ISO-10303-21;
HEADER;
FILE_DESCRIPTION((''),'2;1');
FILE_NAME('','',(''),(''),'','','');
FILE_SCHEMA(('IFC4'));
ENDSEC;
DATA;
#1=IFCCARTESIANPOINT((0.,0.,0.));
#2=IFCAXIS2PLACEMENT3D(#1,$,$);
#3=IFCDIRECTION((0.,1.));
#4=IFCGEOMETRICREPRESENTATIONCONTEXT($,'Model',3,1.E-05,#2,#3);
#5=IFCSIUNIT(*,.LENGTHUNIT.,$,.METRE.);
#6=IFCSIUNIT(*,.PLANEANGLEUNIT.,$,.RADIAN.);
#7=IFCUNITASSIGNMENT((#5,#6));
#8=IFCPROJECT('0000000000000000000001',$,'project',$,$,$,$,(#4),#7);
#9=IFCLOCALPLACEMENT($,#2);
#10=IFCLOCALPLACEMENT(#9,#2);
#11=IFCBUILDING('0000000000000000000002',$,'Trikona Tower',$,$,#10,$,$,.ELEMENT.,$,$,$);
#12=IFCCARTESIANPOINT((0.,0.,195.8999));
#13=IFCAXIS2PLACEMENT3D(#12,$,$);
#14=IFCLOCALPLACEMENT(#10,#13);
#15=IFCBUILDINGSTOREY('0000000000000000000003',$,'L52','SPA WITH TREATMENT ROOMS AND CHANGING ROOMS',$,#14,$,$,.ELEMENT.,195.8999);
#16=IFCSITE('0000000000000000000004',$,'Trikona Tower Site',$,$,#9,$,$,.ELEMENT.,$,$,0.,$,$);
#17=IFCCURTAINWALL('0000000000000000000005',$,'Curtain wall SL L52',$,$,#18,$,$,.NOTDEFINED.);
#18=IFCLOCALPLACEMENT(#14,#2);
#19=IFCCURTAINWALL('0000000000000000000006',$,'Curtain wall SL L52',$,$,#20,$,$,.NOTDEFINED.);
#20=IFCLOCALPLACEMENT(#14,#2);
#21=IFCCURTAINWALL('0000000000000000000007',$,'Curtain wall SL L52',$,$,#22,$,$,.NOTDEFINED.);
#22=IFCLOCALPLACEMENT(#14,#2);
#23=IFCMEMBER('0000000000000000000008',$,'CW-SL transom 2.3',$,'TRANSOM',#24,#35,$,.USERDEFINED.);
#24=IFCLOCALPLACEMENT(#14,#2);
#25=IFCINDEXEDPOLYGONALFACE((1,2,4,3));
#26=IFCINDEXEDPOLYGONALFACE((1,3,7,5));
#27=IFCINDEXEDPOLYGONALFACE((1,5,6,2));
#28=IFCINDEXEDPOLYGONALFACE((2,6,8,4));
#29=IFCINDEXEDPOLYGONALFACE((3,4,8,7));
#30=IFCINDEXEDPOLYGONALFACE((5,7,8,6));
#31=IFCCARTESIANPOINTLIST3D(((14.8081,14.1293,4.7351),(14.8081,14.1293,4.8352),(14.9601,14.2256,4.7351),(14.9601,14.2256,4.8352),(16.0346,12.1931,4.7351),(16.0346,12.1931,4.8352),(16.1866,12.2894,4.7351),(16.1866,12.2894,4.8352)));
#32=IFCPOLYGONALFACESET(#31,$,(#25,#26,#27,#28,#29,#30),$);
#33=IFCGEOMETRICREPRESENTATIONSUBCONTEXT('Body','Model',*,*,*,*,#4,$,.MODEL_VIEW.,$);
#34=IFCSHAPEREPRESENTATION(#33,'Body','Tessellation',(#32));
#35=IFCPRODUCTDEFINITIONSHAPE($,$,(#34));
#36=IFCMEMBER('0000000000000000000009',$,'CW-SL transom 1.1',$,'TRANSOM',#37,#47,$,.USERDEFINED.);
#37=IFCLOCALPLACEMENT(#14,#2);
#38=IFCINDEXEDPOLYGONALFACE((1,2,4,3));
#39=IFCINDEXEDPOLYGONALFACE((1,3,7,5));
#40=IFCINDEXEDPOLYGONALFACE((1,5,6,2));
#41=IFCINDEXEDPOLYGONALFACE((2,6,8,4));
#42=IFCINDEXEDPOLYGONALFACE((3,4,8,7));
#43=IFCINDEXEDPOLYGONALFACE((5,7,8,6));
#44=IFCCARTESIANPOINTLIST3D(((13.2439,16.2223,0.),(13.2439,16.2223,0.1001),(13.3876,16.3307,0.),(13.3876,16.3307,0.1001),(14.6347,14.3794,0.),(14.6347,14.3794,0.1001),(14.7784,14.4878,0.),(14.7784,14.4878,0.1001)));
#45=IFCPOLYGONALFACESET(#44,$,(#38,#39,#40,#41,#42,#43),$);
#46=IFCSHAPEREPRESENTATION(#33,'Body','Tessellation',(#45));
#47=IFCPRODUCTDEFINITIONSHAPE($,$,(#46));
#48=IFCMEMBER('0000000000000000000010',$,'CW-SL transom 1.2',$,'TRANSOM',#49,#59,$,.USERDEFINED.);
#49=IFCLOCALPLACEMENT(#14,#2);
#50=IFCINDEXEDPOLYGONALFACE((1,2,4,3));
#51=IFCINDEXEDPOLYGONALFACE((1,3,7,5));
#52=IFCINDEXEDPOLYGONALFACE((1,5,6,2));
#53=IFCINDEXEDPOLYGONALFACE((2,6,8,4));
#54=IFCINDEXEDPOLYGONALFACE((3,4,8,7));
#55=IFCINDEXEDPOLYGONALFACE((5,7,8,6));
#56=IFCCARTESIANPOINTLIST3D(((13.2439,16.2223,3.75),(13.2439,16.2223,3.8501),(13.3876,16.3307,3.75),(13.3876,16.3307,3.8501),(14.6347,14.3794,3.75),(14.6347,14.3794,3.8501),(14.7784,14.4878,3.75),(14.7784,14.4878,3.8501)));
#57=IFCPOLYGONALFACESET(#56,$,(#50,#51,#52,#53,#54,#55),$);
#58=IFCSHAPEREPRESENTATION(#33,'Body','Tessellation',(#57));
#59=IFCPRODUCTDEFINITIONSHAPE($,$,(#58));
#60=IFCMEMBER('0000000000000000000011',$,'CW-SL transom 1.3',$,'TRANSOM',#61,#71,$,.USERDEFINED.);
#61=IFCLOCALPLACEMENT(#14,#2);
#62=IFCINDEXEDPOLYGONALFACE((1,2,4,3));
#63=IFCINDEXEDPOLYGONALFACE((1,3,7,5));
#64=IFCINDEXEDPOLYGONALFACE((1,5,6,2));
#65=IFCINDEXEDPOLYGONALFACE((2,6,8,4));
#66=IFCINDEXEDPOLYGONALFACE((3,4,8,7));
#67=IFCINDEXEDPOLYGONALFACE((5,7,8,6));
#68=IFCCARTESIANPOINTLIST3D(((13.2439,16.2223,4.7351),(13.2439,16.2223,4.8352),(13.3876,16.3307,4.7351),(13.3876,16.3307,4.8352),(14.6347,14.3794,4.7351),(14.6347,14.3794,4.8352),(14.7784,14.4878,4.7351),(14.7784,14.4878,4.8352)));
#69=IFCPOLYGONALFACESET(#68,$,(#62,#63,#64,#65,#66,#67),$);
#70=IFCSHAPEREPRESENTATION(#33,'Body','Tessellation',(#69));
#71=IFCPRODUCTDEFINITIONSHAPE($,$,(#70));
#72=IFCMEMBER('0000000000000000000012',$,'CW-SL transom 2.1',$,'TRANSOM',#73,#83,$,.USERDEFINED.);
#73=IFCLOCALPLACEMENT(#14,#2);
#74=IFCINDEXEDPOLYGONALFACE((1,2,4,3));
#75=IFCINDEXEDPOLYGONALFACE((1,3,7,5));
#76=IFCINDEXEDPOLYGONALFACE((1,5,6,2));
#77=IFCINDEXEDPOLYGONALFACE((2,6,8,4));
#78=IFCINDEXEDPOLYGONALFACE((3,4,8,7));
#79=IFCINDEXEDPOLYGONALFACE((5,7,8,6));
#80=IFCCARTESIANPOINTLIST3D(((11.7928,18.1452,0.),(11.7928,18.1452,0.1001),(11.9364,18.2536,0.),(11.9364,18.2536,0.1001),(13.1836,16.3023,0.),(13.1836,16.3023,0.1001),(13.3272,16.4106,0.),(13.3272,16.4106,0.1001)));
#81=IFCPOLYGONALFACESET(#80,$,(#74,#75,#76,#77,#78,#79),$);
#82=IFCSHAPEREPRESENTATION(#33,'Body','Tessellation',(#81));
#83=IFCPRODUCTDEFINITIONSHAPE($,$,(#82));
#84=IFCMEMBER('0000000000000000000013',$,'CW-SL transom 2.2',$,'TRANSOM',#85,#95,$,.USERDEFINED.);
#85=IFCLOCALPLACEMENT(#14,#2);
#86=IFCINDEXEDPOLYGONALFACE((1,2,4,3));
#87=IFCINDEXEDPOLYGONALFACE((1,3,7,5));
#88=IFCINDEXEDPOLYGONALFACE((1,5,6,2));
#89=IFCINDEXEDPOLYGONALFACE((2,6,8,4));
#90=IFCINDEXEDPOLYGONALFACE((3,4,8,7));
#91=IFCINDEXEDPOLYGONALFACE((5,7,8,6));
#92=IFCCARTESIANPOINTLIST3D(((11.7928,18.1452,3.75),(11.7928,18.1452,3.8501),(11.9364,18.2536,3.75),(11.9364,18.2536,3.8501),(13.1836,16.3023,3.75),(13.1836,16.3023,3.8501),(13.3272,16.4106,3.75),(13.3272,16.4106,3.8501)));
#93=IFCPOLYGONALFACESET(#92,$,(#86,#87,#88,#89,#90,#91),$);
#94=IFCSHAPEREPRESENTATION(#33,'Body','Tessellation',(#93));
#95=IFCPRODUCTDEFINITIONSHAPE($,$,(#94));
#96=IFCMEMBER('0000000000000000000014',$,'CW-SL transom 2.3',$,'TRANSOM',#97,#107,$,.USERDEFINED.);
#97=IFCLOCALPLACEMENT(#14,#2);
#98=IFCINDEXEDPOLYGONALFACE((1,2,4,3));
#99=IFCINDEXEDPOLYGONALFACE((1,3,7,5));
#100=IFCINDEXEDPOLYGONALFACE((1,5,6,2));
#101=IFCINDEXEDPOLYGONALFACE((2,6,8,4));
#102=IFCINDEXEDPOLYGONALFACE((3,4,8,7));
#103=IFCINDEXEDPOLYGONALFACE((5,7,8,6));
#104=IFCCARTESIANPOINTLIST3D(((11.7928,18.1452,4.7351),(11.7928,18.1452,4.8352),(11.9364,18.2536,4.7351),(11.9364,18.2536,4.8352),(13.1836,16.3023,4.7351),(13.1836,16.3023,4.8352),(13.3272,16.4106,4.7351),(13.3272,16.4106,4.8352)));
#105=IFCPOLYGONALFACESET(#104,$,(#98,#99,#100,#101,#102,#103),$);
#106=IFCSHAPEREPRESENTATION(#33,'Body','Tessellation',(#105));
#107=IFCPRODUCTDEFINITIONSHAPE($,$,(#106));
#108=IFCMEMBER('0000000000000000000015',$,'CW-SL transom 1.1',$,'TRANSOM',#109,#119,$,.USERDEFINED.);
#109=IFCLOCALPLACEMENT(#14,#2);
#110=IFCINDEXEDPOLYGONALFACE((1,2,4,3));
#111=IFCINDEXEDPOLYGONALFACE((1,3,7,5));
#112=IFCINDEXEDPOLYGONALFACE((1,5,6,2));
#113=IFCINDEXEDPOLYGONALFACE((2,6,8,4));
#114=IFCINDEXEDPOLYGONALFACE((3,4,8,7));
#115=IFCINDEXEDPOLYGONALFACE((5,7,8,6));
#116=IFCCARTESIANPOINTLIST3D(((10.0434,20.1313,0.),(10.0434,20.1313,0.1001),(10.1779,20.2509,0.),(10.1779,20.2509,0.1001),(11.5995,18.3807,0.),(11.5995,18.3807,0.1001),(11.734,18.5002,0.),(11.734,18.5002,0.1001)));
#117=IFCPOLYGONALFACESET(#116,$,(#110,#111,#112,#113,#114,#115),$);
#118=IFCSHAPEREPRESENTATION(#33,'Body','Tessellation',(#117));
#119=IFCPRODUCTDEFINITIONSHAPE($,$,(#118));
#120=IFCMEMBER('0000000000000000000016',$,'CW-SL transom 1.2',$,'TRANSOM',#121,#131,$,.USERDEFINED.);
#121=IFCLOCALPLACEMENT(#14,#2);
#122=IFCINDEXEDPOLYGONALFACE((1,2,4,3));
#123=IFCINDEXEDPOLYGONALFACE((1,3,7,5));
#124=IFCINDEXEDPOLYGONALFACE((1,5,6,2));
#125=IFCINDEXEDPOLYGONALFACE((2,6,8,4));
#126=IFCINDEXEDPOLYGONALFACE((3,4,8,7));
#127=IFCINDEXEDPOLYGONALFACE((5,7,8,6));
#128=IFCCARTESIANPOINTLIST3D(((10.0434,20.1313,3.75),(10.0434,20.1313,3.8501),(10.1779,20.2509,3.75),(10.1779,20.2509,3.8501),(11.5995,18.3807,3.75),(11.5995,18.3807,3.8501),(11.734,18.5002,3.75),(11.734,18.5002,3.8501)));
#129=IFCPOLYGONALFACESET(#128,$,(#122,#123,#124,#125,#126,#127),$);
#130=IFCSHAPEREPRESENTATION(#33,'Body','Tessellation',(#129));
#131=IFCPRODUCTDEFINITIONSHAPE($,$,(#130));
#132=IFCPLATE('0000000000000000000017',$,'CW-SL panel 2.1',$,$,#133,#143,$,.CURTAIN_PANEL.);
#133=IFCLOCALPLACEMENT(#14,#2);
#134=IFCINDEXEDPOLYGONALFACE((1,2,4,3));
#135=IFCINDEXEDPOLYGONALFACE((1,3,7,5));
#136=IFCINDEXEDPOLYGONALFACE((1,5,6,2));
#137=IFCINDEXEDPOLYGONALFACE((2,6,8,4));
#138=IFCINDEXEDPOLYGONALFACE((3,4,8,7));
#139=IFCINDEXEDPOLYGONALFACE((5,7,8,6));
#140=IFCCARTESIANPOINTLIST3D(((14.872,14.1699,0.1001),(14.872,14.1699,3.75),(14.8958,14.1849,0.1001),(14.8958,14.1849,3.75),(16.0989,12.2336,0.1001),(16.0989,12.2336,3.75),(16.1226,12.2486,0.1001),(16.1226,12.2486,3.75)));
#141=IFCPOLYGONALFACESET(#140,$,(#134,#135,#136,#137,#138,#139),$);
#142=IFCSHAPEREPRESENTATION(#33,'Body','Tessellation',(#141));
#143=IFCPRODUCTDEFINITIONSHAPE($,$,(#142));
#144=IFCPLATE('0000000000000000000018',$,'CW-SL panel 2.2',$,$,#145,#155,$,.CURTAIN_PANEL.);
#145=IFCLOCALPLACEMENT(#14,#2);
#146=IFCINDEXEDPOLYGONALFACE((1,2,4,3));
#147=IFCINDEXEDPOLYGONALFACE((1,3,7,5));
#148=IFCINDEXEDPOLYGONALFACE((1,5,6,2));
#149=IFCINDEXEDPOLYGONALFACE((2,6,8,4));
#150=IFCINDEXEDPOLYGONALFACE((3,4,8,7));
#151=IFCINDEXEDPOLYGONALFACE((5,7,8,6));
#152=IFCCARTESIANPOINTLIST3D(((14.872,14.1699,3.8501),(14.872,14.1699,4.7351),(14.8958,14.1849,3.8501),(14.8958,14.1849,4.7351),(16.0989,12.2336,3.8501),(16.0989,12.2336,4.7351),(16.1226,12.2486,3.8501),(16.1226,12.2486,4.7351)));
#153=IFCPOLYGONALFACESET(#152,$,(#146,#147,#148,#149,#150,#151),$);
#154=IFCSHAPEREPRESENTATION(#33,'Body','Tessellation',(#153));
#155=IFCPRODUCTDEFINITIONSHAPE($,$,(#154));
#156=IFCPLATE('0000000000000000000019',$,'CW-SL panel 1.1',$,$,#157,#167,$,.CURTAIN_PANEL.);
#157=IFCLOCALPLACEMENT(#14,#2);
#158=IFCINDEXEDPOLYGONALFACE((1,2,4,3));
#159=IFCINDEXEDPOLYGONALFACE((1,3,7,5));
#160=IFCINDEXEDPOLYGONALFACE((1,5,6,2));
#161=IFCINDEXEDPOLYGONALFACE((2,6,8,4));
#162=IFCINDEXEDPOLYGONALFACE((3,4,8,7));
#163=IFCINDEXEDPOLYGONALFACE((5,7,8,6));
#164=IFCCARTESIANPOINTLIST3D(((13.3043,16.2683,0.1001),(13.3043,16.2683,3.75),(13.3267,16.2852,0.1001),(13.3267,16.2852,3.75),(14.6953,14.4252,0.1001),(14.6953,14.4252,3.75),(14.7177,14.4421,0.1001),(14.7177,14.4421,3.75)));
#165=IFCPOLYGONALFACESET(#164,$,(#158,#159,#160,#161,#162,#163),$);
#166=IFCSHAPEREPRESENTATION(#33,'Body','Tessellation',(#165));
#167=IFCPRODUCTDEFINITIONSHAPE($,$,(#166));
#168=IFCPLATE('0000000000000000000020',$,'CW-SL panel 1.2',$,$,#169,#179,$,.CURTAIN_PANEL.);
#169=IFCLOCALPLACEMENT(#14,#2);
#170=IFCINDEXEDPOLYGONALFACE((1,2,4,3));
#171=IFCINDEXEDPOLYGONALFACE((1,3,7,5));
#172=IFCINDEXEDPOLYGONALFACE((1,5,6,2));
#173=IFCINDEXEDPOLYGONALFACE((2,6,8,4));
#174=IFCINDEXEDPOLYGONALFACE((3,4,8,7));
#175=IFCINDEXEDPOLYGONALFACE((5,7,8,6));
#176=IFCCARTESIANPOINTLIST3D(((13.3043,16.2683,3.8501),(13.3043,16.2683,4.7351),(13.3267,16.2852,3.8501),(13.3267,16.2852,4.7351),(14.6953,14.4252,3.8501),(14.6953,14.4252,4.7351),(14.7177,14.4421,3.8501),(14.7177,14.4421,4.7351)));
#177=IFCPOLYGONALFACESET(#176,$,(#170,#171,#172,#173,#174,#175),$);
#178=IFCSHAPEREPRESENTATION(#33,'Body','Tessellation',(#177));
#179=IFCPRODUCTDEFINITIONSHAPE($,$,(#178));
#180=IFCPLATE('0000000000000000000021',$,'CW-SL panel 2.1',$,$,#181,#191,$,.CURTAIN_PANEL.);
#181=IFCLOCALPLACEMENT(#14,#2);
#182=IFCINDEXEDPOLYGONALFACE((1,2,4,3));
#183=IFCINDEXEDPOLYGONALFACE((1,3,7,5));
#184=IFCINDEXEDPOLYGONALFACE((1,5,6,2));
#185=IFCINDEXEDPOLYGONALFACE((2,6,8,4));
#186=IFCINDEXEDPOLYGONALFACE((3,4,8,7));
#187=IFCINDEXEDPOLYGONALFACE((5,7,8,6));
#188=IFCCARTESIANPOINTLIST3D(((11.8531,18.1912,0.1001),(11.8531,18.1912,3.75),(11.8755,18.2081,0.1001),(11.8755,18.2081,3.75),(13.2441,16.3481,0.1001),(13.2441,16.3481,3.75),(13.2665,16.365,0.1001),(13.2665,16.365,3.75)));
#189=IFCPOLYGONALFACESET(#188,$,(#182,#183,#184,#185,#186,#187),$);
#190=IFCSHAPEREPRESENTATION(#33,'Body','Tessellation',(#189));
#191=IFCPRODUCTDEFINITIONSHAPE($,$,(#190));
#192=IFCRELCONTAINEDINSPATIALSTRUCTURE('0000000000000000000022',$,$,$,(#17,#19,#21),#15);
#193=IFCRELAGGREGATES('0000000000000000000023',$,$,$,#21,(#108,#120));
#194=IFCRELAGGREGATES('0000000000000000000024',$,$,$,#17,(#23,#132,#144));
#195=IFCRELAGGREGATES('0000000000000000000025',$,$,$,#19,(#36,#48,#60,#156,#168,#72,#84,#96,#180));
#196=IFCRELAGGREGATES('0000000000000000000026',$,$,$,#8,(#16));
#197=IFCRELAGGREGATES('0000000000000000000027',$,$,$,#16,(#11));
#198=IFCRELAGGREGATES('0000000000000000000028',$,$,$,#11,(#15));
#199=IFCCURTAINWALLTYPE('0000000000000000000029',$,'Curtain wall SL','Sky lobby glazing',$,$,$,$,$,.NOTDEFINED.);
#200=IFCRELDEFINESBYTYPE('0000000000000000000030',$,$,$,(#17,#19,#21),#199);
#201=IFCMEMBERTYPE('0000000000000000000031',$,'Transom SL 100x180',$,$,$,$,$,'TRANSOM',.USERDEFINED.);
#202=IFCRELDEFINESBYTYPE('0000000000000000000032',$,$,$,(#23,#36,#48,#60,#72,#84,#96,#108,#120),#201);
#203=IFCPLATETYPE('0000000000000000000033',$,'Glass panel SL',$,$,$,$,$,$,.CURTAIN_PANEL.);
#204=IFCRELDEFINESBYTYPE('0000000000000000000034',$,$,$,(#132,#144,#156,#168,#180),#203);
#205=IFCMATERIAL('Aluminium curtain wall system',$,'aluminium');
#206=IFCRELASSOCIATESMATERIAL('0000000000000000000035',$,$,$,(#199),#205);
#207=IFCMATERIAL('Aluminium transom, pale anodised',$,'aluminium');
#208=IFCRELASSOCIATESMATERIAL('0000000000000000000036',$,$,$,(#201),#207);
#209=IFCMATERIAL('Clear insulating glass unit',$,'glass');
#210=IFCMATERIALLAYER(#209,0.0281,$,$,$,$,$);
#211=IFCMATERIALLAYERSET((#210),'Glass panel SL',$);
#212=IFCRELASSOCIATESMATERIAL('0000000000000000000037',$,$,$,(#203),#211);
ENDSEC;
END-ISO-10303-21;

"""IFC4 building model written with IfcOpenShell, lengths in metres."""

from ifc_helpers import new_model, si_unit, direction, frame, origin, origin_2d, place, context, subcontext, project, spatial, rectangle, extrude, material, layer, layer_set, material_profile, profile_set, type_object, element, aggregate, save


model = new_model("IFC4")

# Units and contexts
model_context = context("Model", 3, precision=1e-05, world=origin(), true_north=direction((0.0, 1.0)))
body_context = subcontext(model_context, "Body", "Model", "MODEL_VIEW")
ifc_project = project(units=[si_unit("LENGTHUNIT", "METRE"), si_unit("PLANEANGLEUNIT", "RADIAN")], contexts=[model_context])

# Site, building, storey
site_placement = place(None, origin())
site = spatial("IfcSite", under=ifc_project, at=site_placement, Name="Trikona Tower Site", CompositionType="ELEMENT", RefElevation=0.0)
building_placement = place(site_placement, origin())
building = spatial("IfcBuilding", under=site, at=building_placement, Name="Trikona Tower", CompositionType="ELEMENT")
storey_placement = place(building_placement, frame((0.0, 0.0, 195.8999)))
storey = spatial("IfcBuildingStorey", under=building, at=storey_placement, Name="L52", Description="SPA WITH TREATMENT ROOMS AND CHANGING ROOMS", CompositionType="ELEMENT", Elevation=195.8999)

# Curtain wall
ifc_material_1 = material(Name="Aluminium curtain wall system", Category="aluminium")
curtain_wall_type = type_object("IfcCurtainWallType", Name="Curtain wall SL", Description="Sky lobby glazing", PredefinedType="NOTDEFINED", material=ifc_material_1)
curtain_wall_1_placement = place(storey_placement, origin())
curtain_wall_1 = element("IfcCurtainWall", 1, at=curtain_wall_1_placement, inside=storey, type_object=curtain_wall_type, Name="Curtain wall SL L52", PredefinedType="NOTDEFINED")

# Curtain wall
curtain_wall_2_placement = place(storey_placement, origin())
curtain_wall_2 = element("IfcCurtainWall", 2, at=curtain_wall_2_placement, inside=storey, type_object=curtain_wall_type, Name="Curtain wall SL L52", PredefinedType="NOTDEFINED")

# Curtain wall
curtain_wall_3_placement = place(storey_placement, origin())
curtain_wall_3 = element("IfcCurtainWall", 3, at=curtain_wall_3_placement, inside=storey, type_object=curtain_wall_type, Name="Curtain wall SL L52", PredefinedType="NOTDEFINED")

# Members
ifc_material_2 = material(Name="Aluminium transom, pale anodised", Category="aluminium")
ifc_material_profile_1 = material_profile(ifc_material_2, rectangle(XDim=0.1799, YDim=0.1001, at=origin_2d()), Name="TRN-SL")
ifc_profile_set_1 = profile_set([ifc_material_profile_1], Name="Aluminium transom, pale anodised")
member_type_1 = type_object("IfcMemberType", Name="Transom SL 100x180", ElementType="TRANSOM", PredefinedType="USERDEFINED", material=ifc_profile_set_1)
member_1_placement = place(storey_placement, frame((16.1106, 12.2412, 4.7852), z_axis=(-0.535131, 0.844769, 0.0), x_axis=(-0.844769, -0.535131, 0.0)))
member_1 = element("IfcMember", 4, at=member_1_placement, type_object=member_type_1, Name="CW-SL transom 2.3", ObjectType="TRANSOM", PredefinedType="USERDEFINED", context=body_context, shape_type="SweptSolid", body=[
    extrude(rectangle(XDim=0.1799, YDim=0.1001, at=origin_2d()), origin(), (0.0, 0.0, 1.0), 2.292),
])
member_2_placement = place(storey_placement, frame((14.7065, 14.4336, 0.05), z_axis=(-0.602383, 0.798207, 0.0), x_axis=(-0.798207, -0.602383, 0.0)))
member_2 = element("IfcMember", 5, at=member_2_placement, type_object=member_type_1, Name="CW-SL transom 1.1", ObjectType="TRANSOM", PredefinedType="USERDEFINED", context=body_context, shape_type="SweptSolid", body=[
    extrude(rectangle(XDim=0.1799, YDim=0.1001, at=origin_2d()), origin(), (0.0, 0.0, 1.0), 2.3088),
])
member_3_placement = place(storey_placement, frame((14.7065, 14.4336, 3.8), z_axis=(-0.602383, 0.798207, 0.0), x_axis=(-0.798207, -0.602383, 0.0)))
member_3 = element("IfcMember", 6, at=member_3_placement, type_object=member_type_1, Name="CW-SL transom 1.2", ObjectType="TRANSOM", PredefinedType="USERDEFINED", context=body_context, shape_type="SweptSolid", body=[
    extrude(rectangle(XDim=0.1799, YDim=0.1001, at=origin_2d()), origin(), (0.0, 0.0, 1.0), 2.3088),
])
member_4_placement = place(storey_placement, frame((14.7065, 14.4336, 4.7852), z_axis=(-0.602383, 0.798207, 0.0), x_axis=(-0.798207, -0.602383, 0.0)))
member_4 = element("IfcMember", 7, at=member_4_placement, type_object=member_type_1, Name="CW-SL transom 1.3", ObjectType="TRANSOM", PredefinedType="USERDEFINED", context=body_context, shape_type="SweptSolid", body=[
    extrude(rectangle(XDim=0.1799, YDim=0.1001, at=origin_2d()), origin(), (0.0, 0.0, 1.0), 2.3088),
])
member_5_placement = place(storey_placement, frame((13.2554, 16.3564, 0.05), z_axis=(-0.602383, 0.798207, 0.0), x_axis=(-0.798207, -0.602383, 0.0)))
member_5 = element("IfcMember", 8, at=member_5_placement, type_object=member_type_1, Name="CW-SL transom 2.1", ObjectType="TRANSOM", PredefinedType="USERDEFINED", context=body_context, shape_type="SweptSolid", body=[
    extrude(rectangle(XDim=0.1799, YDim=0.1001, at=origin_2d()), origin(), (0.0, 0.0, 1.0), 2.3088),
])
member_6_placement = place(storey_placement, frame((13.2554, 16.3564, 3.8), z_axis=(-0.602383, 0.798207, 0.0), x_axis=(-0.798207, -0.602383, 0.0)))
member_6 = element("IfcMember", 9, at=member_6_placement, type_object=member_type_1, Name="CW-SL transom 2.2", ObjectType="TRANSOM", PredefinedType="USERDEFINED", context=body_context, shape_type="SweptSolid", body=[
    extrude(rectangle(XDim=0.1799, YDim=0.1001, at=origin_2d()), origin(), (0.0, 0.0, 1.0), 2.3088),
])
member_7_placement = place(storey_placement, frame((13.2554, 16.3564, 4.7852), z_axis=(-0.602383, 0.798207, 0.0), x_axis=(-0.798207, -0.602383, 0.0)))
member_7 = element("IfcMember", 10, at=member_7_placement, type_object=member_type_1, Name="CW-SL transom 2.3", ObjectType="TRANSOM", PredefinedType="USERDEFINED", context=body_context, shape_type="SweptSolid", body=[
    extrude(rectangle(XDim=0.1799, YDim=0.1001, at=origin_2d()), origin(), (0.0, 0.0, 1.0), 2.3088),
])
member_8_placement = place(storey_placement, frame((11.6667, 18.4404, 0.05), z_axis=(-0.664351, 0.747421, 0.0), x_axis=(-0.747421, -0.664351, 0.0)))
member_8 = element("IfcMember", 11, at=member_8_placement, type_object=member_type_1, Name="CW-SL transom 1.1", ObjectType="TRANSOM", PredefinedType="USERDEFINED", context=body_context, shape_type="SweptSolid", body=[
    extrude(rectangle(XDim=0.1799, YDim=0.1001, at=origin_2d()), origin(), (0.0, 0.0, 1.0), 2.3423),
])
member_9_placement = place(storey_placement, frame((11.6667, 18.4404, 3.8), z_axis=(-0.664351, 0.747421, 0.0), x_axis=(-0.747421, -0.664351, 0.0)))
member_9 = element("IfcMember", 12, at=member_9_placement, type_object=member_type_1, Name="CW-SL transom 1.2", ObjectType="TRANSOM", PredefinedType="USERDEFINED", context=body_context, shape_type="SweptSolid", body=[
    extrude(rectangle(XDim=0.1799, YDim=0.1001, at=origin_2d()), origin(), (0.0, 0.0, 1.0), 2.3423),
])
aggregate(curtain_wall_3, [member_8, member_9])

# Plates
ifc_material_3 = material(Name="Clear insulating glass unit", Category="glass")
ifc_layer_1 = layer(ifc_material_3, 0.0281)
ifc_layer_set_1 = layer_set([ifc_layer_1], Name="Glass panel SL")
plate_type = type_object("IfcPlateType", Name="Glass panel SL", PredefinedType="CURTAIN_PANEL", material=ifc_layer_set_1)
plate_1_placement = place(storey_placement, frame((15.4973, 13.2092, 0.1001), z_axis=(0.0, 0.0, 1.0), x_axis=(-0.535212, 0.844718, 0.0)))
plate_1 = element("IfcPlate", 13, at=plate_1_placement, type_object=plate_type, Name="CW-SL panel 2.1", PredefinedType="CURTAIN_PANEL", context=body_context, shape_type="SweptSolid", body=[
    extrude(rectangle(XDim=2.2922, YDim=0.0281, at=origin_2d()), origin(), (0.0, 0.0, 1.0), 3.6499),
])
plate_2_placement = place(storey_placement, frame((15.4973, 13.2092, 3.8501), z_axis=(0.0, 0.0, 1.0), x_axis=(-0.535212, 0.844718, 0.0)))
plate_2 = element("IfcPlate", 14, at=plate_2_placement, type_object=plate_type, Name="CW-SL panel 2.2", PredefinedType="CURTAIN_PANEL", context=body_context, shape_type="SweptSolid", body=[
    extrude(rectangle(XDim=2.2922, YDim=0.0281, at=origin_2d()), origin(), (0.0, 0.0, 1.0), 0.885),
])
aggregate(curtain_wall_1, [member_1, plate_1, plate_2])
plate_3_placement = place(storey_placement, frame((14.011, 15.3552, 0.1001), z_axis=(0.0, 0.0, 1.0), x_axis=(-0.602402, 0.798193, 0.0)))
plate_3 = element("IfcPlate", 15, at=plate_3_placement, type_object=plate_type, Name="CW-SL panel 1.1", PredefinedType="CURTAIN_PANEL", context=body_context, shape_type="SweptSolid", body=[
    extrude(rectangle(XDim=2.3091, YDim=0.0281, at=origin_2d()), origin(), (0.0, 0.0, 1.0), 3.6499),
])
plate_4_placement = place(storey_placement, frame((14.011, 15.3552, 3.8501), z_axis=(0.0, 0.0, 1.0), x_axis=(-0.602402, 0.798193, 0.0)))
plate_4 = element("IfcPlate", 16, at=plate_4_placement, type_object=plate_type, Name="CW-SL panel 1.2", PredefinedType="CURTAIN_PANEL", context=body_context, shape_type="SweptSolid", body=[
    extrude(rectangle(XDim=2.3091, YDim=0.0281, at=origin_2d()), origin(), (0.0, 0.0, 1.0), 0.885),
])
plate_5_placement = place(storey_placement, frame((12.5598, 17.2781, 0.1001), z_axis=(0.0, 0.0, 1.0), x_axis=(-0.602402, 0.798193, 0.0)))
plate_5 = element("IfcPlate", 17, at=plate_5_placement, type_object=plate_type, Name="CW-SL panel 2.1", PredefinedType="CURTAIN_PANEL", context=body_context, shape_type="SweptSolid", body=[
    extrude(rectangle(XDim=2.3091, YDim=0.0281, at=origin_2d()), origin(), (0.0, 0.0, 1.0), 3.6499),
])
aggregate(curtain_wall_2, [member_2, member_3, member_4, plate_3, plate_4, member_5, member_6, member_7, plate_5])

save(model, "model.ifc")
